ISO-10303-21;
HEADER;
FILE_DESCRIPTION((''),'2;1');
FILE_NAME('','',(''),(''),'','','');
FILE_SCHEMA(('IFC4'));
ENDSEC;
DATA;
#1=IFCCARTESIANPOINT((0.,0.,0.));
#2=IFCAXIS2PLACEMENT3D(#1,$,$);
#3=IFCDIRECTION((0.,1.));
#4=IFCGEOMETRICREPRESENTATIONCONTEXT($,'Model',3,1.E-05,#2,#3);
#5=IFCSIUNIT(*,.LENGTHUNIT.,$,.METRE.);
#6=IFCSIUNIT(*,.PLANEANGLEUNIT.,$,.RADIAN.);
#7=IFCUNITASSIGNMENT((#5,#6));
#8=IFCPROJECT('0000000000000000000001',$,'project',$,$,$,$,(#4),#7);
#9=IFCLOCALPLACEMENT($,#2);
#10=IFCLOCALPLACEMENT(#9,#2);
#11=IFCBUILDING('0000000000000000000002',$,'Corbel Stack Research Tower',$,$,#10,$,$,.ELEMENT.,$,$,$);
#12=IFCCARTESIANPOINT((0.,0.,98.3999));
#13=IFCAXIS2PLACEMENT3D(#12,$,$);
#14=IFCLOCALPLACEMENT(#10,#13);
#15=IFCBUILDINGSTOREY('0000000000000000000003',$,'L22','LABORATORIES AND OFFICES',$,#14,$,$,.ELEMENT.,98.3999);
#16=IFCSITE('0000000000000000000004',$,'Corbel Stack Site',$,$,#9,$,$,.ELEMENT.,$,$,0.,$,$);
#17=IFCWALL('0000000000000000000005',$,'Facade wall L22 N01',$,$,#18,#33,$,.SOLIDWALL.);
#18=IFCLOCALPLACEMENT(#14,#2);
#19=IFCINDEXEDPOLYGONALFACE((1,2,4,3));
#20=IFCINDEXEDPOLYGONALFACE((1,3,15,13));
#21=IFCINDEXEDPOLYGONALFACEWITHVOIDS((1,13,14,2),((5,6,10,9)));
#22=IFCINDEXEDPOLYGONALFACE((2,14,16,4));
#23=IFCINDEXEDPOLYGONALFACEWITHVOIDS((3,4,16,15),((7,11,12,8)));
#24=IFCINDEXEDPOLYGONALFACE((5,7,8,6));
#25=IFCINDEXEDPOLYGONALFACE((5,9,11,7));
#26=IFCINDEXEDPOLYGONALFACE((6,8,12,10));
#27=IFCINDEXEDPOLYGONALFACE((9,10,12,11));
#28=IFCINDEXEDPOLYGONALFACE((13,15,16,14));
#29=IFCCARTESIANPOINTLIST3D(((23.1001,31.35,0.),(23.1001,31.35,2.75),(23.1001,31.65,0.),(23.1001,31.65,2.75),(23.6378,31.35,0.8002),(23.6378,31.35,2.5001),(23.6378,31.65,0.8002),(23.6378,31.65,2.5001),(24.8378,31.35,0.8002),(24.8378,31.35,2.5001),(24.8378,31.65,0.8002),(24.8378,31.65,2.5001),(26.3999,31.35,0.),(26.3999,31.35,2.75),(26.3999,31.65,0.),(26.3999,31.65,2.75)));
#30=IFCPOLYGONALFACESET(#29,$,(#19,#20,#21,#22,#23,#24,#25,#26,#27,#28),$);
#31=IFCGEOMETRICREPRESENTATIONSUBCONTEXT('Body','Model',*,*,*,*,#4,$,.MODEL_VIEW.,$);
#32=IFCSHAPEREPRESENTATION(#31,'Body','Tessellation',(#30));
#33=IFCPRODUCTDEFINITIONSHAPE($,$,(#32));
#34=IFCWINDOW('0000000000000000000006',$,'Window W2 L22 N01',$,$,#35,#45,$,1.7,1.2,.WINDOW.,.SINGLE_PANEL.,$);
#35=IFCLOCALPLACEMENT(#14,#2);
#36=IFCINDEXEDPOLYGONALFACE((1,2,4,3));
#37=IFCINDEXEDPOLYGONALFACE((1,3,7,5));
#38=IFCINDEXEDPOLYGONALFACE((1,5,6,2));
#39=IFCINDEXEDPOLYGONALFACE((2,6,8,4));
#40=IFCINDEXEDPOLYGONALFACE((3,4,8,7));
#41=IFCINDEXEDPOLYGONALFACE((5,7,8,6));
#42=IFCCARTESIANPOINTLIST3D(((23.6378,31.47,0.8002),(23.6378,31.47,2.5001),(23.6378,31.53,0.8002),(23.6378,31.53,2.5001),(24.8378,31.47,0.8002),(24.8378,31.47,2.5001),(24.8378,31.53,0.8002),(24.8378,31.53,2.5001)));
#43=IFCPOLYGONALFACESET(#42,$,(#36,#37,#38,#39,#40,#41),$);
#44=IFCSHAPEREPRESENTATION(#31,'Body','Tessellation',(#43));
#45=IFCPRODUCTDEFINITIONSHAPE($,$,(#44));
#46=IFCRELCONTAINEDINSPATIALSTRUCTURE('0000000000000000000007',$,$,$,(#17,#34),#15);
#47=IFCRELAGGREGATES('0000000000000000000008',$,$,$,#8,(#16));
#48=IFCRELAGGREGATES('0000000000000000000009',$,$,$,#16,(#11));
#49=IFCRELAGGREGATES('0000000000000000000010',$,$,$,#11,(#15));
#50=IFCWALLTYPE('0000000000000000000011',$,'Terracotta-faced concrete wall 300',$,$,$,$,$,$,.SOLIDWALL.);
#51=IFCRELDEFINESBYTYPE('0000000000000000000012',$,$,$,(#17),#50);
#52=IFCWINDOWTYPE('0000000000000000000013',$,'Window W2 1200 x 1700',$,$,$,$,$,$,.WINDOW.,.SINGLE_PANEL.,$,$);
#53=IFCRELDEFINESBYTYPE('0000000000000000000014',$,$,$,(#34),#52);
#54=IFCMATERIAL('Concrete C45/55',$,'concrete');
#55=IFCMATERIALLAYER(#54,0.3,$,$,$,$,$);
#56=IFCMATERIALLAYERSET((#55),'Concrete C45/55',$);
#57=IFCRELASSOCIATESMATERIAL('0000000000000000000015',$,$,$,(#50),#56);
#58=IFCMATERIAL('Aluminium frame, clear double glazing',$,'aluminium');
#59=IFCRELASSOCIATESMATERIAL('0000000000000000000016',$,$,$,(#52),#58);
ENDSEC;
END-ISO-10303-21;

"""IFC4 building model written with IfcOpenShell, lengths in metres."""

from ifc_helpers import new_model, si_unit, direction, frame, frame_2d, origin, place, context, subcontext, project, spatial, rectangle, extrude, material, layer, layer_set, type_object, element, fill, save


model = new_model("IFC4")

# Units and contexts
model_context = context("Model", 3, precision=1e-05, world=origin(), true_north=direction((0.0, 1.0)))
body_context = subcontext(model_context, "Body", "Model", "MODEL_VIEW")
ifc_project = project(units=[si_unit("LENGTHUNIT", "METRE"), si_unit("PLANEANGLEUNIT", "RADIAN")], contexts=[model_context])

# Site, building, storey
site_placement = place(None, origin())
site = spatial("IfcSite", under=ifc_project, at=site_placement, Name="Corbel Stack Site", CompositionType="ELEMENT", RefElevation=0.0)
building_placement = place(site_placement, origin())
building = spatial("IfcBuilding", under=site, at=building_placement, Name="Corbel Stack Research Tower", CompositionType="ELEMENT")
storey_placement = place(building_placement, frame((0.0, 0.0, 98.3999)))
storey = spatial("IfcBuildingStorey", under=building, at=storey_placement, Name="L22", Description="LABORATORIES AND OFFICES", CompositionType="ELEMENT", Elevation=98.3999)

# Wall, opening, window
ifc_material_1 = material(Name="Concrete C45/55", Category="concrete")
ifc_layer_1 = layer(ifc_material_1, 0.3)
ifc_layer_set_1 = layer_set([ifc_layer_1], Name="Concrete C45/55")
wall_type_1 = type_object("IfcWallType", Name="Terracotta-faced concrete wall 300", PredefinedType="SOLIDWALL", material=ifc_layer_set_1)
wall_1_placement = place(storey_placement, frame((23.1001, 31.5, 0.0), z_axis=(0.0, 0.0, 1.0), x_axis=(1.0, 0.0, 0.0)))
wall_1 = element("IfcWall", 1, at=wall_1_placement, inside=storey, type_object=wall_type_1, Name="Facade wall L22 N01", PredefinedType="SOLIDWALL", context=body_context, shape_type="SweptSolid", body=[
    extrude(rectangle(XDim=3.2998, YDim=0.3, at=frame_2d((1.6499, 0.0))), origin(), (0.0, 0.0, 1.0), 2.75),
])
opening_1_placement = place(wall_1_placement, frame((0.5376, 0.0, 0.8)))
opening_1 = element("IfcOpeningElement", 2, at=opening_1_placement, cuts=wall_1, PredefinedType="OPENING", context=body_context, shape_type="SweptSolid", body=[
    extrude(rectangle(XDim=1.2, YDim=1.7, at=frame_2d((0.6001, 0.8501))), frame((0.0, 0.1599, 0.0), z_axis=(0.0, -1.0, 0.0), x_axis=(1.0, 0.0, 0.0)), (0.0, 0.0, 1.0), 0.3201),
])
ifc_material_2 = material(Name="Aluminium frame, clear double glazing", Category="aluminium")
window_type = type_object("IfcWindowType", Name="Window W2 1200 x 1700", PartitioningType="SINGLE_PANEL", PredefinedType="WINDOW", material=ifc_material_2)
window_placement = place(opening_1_placement, origin())
window = element("IfcWindow", 3, at=window_placement, inside=storey, type_object=window_type, Name="Window W2 L22 N01", OverallHeight=1.7, OverallWidth=1.2, PartitioningType="SINGLE_PANEL", PredefinedType="WINDOW", context=body_context, shape_type="SweptSolid", body=[
    extrude(rectangle(XDim=1.2, YDim=1.7, at=frame_2d((0.6001, 0.8501))), frame((0.0, 0.03, 0.0), z_axis=(0.0, -1.0, 0.0), x_axis=(1.0, 0.0, 0.0)), (0.0, 0.0, 1.0), 0.0601),
])
fill(opening_1, window)

save(model, "model.ifc")
